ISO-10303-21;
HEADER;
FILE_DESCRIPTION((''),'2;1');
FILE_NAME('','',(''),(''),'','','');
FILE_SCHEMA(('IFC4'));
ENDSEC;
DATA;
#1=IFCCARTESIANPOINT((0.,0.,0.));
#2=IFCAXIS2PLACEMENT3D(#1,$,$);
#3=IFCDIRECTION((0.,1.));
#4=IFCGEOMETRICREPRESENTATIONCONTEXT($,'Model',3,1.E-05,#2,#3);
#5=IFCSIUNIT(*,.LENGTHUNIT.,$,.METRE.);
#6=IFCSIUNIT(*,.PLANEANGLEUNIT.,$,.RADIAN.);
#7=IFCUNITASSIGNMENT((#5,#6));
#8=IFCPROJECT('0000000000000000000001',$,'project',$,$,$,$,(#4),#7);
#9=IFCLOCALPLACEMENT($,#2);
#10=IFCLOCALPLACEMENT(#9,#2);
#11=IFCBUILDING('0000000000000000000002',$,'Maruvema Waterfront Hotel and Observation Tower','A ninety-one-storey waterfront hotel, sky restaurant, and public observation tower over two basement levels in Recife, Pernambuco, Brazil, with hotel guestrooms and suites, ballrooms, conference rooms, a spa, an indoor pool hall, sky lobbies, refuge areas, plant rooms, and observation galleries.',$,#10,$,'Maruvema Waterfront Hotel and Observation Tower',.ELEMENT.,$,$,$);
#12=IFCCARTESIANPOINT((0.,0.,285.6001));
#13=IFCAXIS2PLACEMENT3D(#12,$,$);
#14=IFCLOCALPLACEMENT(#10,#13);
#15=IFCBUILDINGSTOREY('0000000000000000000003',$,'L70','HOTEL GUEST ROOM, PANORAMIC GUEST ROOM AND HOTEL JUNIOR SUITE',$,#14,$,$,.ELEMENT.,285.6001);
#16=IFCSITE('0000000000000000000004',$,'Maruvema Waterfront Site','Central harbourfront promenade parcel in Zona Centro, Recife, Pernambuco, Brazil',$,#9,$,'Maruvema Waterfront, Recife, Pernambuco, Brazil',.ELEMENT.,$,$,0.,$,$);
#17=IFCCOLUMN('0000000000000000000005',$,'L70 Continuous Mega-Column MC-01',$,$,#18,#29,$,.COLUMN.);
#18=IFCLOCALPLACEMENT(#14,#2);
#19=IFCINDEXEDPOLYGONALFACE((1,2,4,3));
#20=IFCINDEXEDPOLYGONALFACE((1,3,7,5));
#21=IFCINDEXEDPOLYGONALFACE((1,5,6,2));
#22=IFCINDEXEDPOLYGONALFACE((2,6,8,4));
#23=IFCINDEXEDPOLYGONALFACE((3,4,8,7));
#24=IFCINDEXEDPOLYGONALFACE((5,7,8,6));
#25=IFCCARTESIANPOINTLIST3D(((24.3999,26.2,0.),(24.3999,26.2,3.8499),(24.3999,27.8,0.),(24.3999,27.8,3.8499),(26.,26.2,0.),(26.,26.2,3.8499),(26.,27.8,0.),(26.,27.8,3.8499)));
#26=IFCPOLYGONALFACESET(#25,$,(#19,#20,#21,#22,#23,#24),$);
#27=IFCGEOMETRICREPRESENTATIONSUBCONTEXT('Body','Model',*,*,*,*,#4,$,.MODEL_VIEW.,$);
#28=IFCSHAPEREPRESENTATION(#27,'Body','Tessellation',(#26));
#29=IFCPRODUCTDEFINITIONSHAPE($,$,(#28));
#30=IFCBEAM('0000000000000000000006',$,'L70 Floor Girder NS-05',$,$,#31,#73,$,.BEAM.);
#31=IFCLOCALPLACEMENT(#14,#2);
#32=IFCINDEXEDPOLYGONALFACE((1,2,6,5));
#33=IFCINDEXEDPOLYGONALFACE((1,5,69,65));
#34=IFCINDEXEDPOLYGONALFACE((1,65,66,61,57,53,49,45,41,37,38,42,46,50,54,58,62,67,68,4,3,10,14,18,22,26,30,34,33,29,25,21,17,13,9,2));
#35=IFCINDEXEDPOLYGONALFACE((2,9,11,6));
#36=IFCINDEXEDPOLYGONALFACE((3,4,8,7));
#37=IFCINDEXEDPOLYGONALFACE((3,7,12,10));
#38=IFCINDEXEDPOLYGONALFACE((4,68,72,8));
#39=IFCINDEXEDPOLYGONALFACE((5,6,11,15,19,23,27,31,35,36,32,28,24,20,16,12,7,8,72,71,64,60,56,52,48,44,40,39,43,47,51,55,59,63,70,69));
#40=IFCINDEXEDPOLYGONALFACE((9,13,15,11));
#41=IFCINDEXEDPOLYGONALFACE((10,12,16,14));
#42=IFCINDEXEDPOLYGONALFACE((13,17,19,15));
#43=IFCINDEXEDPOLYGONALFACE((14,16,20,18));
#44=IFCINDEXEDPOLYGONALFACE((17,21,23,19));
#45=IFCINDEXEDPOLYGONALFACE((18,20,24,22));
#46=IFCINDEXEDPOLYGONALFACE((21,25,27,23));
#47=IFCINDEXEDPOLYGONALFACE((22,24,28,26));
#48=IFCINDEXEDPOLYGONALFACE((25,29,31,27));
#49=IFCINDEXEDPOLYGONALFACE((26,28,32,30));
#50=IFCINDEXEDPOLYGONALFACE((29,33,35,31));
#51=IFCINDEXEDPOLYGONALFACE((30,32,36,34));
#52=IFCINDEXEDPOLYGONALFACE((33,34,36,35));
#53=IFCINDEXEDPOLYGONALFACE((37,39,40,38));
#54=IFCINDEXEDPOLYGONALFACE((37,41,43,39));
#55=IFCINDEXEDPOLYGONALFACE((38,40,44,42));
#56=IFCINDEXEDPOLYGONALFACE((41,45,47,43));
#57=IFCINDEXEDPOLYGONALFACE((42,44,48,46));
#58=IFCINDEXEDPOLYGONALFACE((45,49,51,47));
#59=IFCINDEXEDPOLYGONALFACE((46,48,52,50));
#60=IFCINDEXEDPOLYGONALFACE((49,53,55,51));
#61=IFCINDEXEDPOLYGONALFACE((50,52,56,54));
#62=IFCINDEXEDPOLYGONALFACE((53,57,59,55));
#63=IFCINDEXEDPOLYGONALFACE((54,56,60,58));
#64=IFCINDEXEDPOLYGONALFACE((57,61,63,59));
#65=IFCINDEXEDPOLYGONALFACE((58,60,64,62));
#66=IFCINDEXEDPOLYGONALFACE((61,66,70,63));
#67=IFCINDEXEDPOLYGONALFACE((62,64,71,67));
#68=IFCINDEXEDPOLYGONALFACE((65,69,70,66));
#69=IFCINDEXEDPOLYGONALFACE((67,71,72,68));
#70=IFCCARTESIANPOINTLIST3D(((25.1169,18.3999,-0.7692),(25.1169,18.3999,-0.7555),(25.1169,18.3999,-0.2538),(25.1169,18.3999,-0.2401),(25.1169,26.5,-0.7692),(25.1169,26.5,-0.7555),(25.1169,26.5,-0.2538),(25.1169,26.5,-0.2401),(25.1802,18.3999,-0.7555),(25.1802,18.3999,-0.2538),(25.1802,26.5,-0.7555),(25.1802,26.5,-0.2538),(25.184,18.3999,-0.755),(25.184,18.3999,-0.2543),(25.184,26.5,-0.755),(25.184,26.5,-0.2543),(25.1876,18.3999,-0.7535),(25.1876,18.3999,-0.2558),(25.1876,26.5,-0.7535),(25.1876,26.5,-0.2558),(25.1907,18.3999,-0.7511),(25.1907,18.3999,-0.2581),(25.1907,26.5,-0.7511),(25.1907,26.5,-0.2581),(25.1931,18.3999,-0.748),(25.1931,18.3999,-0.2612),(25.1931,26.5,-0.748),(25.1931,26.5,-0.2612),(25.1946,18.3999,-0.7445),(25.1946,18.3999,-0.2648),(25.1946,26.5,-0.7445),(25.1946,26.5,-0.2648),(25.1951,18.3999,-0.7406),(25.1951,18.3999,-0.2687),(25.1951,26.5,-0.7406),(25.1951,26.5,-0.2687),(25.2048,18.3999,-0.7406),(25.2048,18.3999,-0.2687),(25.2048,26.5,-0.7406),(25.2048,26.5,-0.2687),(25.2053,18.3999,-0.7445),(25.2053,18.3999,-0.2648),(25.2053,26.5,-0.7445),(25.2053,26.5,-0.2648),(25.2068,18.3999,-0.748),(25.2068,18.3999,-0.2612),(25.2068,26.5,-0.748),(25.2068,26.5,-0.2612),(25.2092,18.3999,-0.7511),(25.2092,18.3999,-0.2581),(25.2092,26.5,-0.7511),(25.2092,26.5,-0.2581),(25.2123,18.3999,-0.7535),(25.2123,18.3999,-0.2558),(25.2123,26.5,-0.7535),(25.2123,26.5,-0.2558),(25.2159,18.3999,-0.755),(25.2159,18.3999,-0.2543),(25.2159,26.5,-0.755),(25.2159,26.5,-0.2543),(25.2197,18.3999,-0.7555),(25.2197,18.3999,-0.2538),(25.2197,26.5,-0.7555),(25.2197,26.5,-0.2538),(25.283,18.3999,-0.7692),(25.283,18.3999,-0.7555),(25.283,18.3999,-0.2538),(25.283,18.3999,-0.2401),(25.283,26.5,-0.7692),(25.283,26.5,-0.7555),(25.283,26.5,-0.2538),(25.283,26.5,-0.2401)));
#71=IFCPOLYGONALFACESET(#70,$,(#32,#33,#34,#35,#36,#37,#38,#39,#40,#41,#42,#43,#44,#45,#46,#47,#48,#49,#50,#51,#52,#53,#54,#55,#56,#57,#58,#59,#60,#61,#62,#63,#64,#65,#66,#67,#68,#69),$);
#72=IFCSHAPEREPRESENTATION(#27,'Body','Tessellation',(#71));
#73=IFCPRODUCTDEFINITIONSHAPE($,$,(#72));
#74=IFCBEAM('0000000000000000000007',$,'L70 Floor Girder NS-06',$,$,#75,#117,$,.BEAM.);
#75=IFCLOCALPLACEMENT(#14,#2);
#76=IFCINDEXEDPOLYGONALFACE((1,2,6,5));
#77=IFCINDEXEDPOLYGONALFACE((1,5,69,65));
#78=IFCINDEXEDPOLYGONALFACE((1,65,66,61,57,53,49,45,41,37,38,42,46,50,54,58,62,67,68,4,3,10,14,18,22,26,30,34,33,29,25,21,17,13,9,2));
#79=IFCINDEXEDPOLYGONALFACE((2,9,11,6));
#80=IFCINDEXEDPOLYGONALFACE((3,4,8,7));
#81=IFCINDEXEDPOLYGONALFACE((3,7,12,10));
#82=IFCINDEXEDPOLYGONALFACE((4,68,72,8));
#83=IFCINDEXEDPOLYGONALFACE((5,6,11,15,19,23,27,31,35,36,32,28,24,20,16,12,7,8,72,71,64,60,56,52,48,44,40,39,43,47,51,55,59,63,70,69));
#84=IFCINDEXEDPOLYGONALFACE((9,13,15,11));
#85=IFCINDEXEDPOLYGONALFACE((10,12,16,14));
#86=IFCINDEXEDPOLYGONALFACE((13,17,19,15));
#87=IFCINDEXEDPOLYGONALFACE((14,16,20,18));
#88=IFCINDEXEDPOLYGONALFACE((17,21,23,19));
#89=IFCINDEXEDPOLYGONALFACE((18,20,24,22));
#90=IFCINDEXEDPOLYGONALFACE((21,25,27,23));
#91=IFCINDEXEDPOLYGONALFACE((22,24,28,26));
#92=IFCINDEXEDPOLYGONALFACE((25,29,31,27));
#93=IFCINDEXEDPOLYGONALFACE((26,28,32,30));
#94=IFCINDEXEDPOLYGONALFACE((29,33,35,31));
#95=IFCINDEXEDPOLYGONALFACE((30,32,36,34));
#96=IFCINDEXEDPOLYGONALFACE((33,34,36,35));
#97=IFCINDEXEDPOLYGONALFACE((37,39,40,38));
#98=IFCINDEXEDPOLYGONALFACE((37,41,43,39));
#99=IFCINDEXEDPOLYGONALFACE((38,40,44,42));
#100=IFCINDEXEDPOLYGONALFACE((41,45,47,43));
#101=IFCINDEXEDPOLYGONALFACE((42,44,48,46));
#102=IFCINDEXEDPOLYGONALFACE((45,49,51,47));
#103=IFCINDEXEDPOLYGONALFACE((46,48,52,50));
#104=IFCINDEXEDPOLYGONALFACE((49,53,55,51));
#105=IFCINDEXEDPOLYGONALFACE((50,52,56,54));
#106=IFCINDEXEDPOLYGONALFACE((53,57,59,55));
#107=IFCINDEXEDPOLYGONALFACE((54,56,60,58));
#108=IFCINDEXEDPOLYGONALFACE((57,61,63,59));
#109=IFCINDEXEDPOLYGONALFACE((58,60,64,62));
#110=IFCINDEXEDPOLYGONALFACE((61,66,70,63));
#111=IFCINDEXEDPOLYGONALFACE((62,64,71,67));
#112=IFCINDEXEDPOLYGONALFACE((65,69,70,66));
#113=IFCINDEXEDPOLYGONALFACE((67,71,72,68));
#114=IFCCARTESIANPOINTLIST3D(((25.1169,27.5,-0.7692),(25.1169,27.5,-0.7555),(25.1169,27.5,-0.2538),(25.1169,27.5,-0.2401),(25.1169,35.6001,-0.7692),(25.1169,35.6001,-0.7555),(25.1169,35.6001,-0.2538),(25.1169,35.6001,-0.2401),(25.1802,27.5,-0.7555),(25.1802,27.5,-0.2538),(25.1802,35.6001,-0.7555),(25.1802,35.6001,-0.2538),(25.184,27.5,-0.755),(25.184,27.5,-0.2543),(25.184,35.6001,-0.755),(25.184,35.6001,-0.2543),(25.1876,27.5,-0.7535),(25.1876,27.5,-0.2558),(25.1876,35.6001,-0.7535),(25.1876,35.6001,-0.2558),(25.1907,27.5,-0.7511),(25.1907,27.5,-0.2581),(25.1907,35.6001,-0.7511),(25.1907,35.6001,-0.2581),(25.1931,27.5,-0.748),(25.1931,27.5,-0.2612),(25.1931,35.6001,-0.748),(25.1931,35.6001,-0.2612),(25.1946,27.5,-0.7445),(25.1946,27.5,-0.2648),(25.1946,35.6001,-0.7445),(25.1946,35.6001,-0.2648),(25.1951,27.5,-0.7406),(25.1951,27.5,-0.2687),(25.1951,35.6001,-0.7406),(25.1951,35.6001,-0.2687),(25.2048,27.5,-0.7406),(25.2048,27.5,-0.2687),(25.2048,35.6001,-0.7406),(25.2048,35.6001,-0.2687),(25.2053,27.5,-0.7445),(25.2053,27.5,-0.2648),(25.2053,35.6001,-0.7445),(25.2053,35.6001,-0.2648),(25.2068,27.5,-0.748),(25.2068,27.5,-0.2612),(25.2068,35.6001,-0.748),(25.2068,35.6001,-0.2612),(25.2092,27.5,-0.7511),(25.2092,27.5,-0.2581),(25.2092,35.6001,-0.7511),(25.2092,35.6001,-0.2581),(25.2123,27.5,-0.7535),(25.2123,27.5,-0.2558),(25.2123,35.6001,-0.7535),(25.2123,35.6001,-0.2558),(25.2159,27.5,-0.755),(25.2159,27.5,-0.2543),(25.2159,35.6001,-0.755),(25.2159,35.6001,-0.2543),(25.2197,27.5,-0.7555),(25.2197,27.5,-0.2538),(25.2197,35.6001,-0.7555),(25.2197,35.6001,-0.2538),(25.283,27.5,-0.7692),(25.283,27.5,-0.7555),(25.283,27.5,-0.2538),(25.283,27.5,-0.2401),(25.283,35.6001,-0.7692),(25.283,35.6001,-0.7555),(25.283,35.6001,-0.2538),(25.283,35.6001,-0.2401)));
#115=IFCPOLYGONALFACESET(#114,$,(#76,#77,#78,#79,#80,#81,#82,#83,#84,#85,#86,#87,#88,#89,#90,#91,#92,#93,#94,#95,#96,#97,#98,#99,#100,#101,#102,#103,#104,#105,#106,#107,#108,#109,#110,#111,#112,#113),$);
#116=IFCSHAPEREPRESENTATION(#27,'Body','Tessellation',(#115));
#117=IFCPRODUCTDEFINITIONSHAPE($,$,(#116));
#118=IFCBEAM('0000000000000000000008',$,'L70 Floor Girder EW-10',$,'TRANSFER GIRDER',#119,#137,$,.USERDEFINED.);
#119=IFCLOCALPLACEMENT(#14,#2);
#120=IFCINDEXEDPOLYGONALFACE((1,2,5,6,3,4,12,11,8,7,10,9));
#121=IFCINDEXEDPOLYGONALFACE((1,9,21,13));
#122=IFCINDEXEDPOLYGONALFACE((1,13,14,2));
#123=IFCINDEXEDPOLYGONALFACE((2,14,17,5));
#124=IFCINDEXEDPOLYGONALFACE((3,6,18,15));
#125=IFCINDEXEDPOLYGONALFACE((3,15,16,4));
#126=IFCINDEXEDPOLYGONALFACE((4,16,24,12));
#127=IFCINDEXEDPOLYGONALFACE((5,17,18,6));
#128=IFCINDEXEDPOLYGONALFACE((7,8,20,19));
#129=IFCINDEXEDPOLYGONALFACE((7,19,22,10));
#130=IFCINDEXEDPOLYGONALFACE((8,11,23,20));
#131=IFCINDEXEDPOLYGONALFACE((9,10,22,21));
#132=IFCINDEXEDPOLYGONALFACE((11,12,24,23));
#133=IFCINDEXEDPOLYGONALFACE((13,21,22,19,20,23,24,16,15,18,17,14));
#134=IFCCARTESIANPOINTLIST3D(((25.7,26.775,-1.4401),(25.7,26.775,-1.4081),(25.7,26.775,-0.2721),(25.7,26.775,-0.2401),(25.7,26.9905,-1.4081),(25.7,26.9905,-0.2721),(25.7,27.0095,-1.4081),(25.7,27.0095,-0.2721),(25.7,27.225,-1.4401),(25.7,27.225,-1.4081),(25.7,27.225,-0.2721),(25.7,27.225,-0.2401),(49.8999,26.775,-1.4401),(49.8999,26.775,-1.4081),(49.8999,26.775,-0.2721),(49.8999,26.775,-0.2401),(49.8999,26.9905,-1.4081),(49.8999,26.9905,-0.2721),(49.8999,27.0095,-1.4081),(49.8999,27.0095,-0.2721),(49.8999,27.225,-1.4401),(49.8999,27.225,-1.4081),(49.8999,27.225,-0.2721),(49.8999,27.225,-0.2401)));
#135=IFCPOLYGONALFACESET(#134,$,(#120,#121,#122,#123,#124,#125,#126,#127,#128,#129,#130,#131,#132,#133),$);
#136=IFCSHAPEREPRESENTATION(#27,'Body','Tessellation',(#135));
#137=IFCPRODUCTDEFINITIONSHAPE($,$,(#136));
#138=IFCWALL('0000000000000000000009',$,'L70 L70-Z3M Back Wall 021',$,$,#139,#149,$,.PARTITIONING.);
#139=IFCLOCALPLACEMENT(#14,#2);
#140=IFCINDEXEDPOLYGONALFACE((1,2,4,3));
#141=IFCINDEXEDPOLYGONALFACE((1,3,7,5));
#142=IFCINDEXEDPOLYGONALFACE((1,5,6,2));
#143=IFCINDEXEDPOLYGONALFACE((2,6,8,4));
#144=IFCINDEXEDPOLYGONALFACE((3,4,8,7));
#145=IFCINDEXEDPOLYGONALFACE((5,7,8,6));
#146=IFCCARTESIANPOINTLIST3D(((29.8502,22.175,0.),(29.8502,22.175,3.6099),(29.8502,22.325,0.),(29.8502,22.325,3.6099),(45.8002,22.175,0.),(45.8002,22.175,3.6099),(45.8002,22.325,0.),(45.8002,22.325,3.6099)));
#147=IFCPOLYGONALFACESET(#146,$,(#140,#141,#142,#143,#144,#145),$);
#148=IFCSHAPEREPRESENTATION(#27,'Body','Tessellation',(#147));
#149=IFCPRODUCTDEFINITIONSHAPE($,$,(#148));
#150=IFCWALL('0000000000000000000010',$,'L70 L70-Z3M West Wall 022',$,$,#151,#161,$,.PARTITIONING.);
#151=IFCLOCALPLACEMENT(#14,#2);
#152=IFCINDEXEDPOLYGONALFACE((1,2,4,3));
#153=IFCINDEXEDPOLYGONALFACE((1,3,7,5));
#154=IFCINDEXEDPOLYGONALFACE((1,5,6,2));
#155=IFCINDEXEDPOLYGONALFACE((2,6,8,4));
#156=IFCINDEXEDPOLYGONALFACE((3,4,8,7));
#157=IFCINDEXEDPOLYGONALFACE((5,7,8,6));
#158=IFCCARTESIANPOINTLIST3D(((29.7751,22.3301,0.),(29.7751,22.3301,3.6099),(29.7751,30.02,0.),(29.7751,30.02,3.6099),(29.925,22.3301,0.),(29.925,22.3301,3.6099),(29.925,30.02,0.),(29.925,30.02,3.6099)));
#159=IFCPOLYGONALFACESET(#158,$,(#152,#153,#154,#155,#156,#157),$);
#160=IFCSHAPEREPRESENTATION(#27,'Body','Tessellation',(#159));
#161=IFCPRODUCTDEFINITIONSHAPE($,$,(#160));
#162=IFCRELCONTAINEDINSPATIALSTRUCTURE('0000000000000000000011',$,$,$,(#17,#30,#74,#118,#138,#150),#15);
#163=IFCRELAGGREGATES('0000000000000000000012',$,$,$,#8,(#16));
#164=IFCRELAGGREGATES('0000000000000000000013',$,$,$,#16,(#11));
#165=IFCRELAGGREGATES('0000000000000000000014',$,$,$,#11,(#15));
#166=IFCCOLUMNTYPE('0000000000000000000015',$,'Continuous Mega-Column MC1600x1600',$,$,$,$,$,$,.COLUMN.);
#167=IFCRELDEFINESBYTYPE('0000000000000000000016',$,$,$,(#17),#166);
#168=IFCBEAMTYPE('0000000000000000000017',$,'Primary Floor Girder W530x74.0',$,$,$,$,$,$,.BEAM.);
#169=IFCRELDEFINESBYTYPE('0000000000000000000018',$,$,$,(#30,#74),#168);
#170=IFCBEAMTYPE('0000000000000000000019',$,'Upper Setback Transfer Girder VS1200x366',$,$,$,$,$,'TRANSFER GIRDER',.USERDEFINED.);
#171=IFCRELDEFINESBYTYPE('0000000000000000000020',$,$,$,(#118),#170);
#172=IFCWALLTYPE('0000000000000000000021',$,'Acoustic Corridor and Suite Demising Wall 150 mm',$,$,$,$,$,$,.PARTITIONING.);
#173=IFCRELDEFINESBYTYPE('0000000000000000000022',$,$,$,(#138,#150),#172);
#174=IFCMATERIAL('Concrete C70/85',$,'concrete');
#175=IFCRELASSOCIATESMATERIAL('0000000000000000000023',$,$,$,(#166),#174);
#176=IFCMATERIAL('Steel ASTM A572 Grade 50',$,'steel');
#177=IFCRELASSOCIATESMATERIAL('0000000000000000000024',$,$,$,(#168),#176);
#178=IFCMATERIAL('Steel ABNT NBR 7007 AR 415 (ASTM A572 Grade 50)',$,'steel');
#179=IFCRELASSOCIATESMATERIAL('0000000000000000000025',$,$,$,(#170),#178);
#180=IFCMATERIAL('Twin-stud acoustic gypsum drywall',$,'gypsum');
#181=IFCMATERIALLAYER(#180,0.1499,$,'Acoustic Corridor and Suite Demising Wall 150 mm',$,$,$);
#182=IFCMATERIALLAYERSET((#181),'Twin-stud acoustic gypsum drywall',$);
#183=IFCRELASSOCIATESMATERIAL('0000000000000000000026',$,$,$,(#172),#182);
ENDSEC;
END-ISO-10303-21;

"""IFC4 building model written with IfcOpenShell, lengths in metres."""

from ifc_helpers import new_model, si_unit, direction, frame, frame_2d, origin, origin_2d, place, context, subcontext, project, spatial, rectangle, i_section, extrude, material, layer, layer_set, material_profile, profile_set, type_object, element, save


model = new_model("IFC4")

# Units and contexts
model_context = context("Model", 3, precision=1e-05, world=origin(), true_north=direction((0.0, 1.0)))
body_context = subcontext(model_context, "Body", "Model", "MODEL_VIEW")
ifc_project = project(units=[si_unit("LENGTHUNIT", "METRE"), si_unit("PLANEANGLEUNIT", "RADIAN")], contexts=[model_context])

# Site, building, storey
site_placement = place(None, origin())
site = spatial("IfcSite", under=ifc_project, at=site_placement, Name="Maruvema Waterfront Site", Description="Central harbourfront promenade parcel in Zona Centro, Recife, Pernambuco, Brazil", LongName="Maruvema Waterfront, Recife, Pernambuco, Brazil", CompositionType="ELEMENT", RefElevation=0.0)
building_placement = place(site_placement, origin())
building = spatial("IfcBuilding", under=site, at=building_placement, Name="Maruvema Waterfront Hotel and Observation Tower", Description="A ninety-one-storey waterfront hotel, sky restaurant, and public observation tower over two basement levels in Recife, Pernambuco, Brazil, with hotel guestrooms and suites, ballrooms, conference rooms, a spa, an indoor pool hall, sky lobbies, refuge areas, plant rooms, and observation galleries.", LongName="Maruvema Waterfront Hotel and Observation Tower", CompositionType="ELEMENT")
storey_placement = place(building_placement, frame((0.0, 0.0, 285.6001)))
storey = spatial("IfcBuildingStorey", under=building, at=storey_placement, Name="L70", Description="HOTEL GUEST ROOM, PANORAMIC GUEST ROOM AND HOTEL JUNIOR SUITE", CompositionType="ELEMENT", Elevation=285.6001)

# Column
ifc_material_1 = material(Name="Concrete C70/85", Category="concrete")
ifc_material_profile_1 = material_profile(ifc_material_1, rectangle(XDim=1.6001, YDim=1.6001, at=origin_2d()), Name="MC1600x1600")
ifc_profile_set_1 = profile_set([ifc_material_profile_1], Name="Concrete C70/85")
column_type = type_object("IfcColumnType", Name="Continuous Mega-Column MC1600x1600", PredefinedType="COLUMN", material=ifc_profile_set_1)
column_placement = place(storey_placement, frame((25.2, 27.0, 0.0), z_axis=(0.0, 0.0, 1.0), x_axis=(1.0, 0.0, 0.0)))
element("IfcColumn", 1, at=column_placement, inside=storey, type_object=column_type, Name="L70 Continuous Mega-Column MC-01", PredefinedType="COLUMN", context=body_context, shape_type="SweptSolid", body=[
    extrude(rectangle(XDim=1.6001, YDim=1.6001, at=origin_2d()), origin(), (0.0, 0.0, 1.0), 3.8499),
])

# Beams
ifc_material_2 = material(Name="Steel ASTM A572 Grade 50", Category="steel")
ifc_material_profile_2 = material_profile(ifc_material_2, i_section(OverallWidth=0.166, OverallDepth=0.5291, WebThickness=0.0098, FlangeThickness=0.0137, FilletRadius=0.0149, at=origin_2d()), Name="W530x74.0")
ifc_profile_set_2 = profile_set([ifc_material_profile_2], Name="Steel ASTM A572 Grade 50")
beam_type_1 = type_object("IfcBeamType", Name="Primary Floor Girder W530x74.0", PredefinedType="BEAM", material=ifc_profile_set_2)
for number, where, z_axis, x_axis, name in (
    (2, (25.2, 18.3999, -0.5046), (0.0, 1.0, 0.0), (-1.0, 0.0, 0.0), "L70 Floor Girder NS-05"),
    (3, (25.2, 27.5, -0.5046), (0.0, 1.0, 0.0), (-1.0, 0.0, 0.0), "L70 Floor Girder NS-06"),
):
    element("IfcBeam", number, at=place(storey_placement, frame(where, z_axis=z_axis, x_axis=x_axis)), inside=storey, type_object=beam_type_1, Name=name, PredefinedType="BEAM", context=body_context, shape_type="SweptSolid", body=[
        extrude(i_section(OverallWidth=0.166, OverallDepth=0.5291, WebThickness=0.0098, FlangeThickness=0.0137, FilletRadius=0.0149, at=origin_2d()), origin(), (0.0, 0.0, 1.0), 8.1001),
    ])
ifc_material_3 = material(Name="Steel ABNT NBR 7007 AR 415 (ASTM A572 Grade 50)", Category="steel")
ifc_material_profile_3 = material_profile(ifc_material_3, i_section(OverallWidth=0.45, OverallDepth=1.2, WebThickness=0.019, FlangeThickness=0.032, at=origin_2d()), Name="VS1200x366")
ifc_profile_set_3 = profile_set([ifc_material_profile_3], Name="Steel ABNT NBR 7007 AR 415 (ASTM A572 Grade 50)")
beam_type_2 = type_object("IfcBeamType", Name="Upper Setback Transfer Girder VS1200x366", ElementType="TRANSFER GIRDER", PredefinedType="USERDEFINED", material=ifc_profile_set_3)
beam_placement = place(storey_placement, frame((25.7, 27.0, -0.8401), z_axis=(1.0, 0.0, 0.0), x_axis=(0.0, 1.0, 0.0)))
element("IfcBeam", 4, at=beam_placement, inside=storey, type_object=beam_type_2, Name="L70 Floor Girder EW-10", ObjectType="TRANSFER GIRDER", PredefinedType="USERDEFINED", context=body_context, shape_type="SweptSolid", body=[
    extrude(i_section(OverallWidth=0.45, OverallDepth=1.2, WebThickness=0.019, FlangeThickness=0.032, at=origin_2d()), origin(), (0.0, 0.0, 1.0), 24.2),
])

# Walls
ifc_material_4 = material(Name="Twin-stud acoustic gypsum drywall", Category="gypsum")
ifc_layer_1 = layer(ifc_material_4, 0.1499, Name="Acoustic Corridor and Suite Demising Wall 150 mm")
ifc_layer_set_1 = layer_set([ifc_layer_1], Name="Twin-stud acoustic gypsum drywall")
wall_type_1 = type_object("IfcWallType", Name="Acoustic Corridor and Suite Demising Wall 150 mm", PredefinedType="PARTITIONING", material=ifc_layer_set_1)
wall_1_placement = place(storey_placement, frame((29.8501, 22.25, 0.0), z_axis=(0.0, 0.0, 1.0), x_axis=(1.0, 0.0, 0.0)))
element("IfcWall", 5, at=wall_1_placement, inside=storey, type_object=wall_type_1, Name="L70 L70-Z3M Back Wall 021", PredefinedType="PARTITIONING", context=body_context, shape_type="SweptSolid", body=[
    extrude(rectangle(XDim=15.95, YDim=0.1499, at=frame_2d((7.9751, 0.0))), origin(), (0.0, 0.0, 1.0), 3.6099),
])
wall_2_placement = place(storey_placement, frame((29.8501, 22.3301, 0.0), z_axis=(0.0, 0.0, 1.0), x_axis=(0.0, 1.0, 0.0)))
element("IfcWall", 6, at=wall_2_placement, inside=storey, type_object=wall_type_1, Name="L70 L70-Z3M West Wall 022", PredefinedType="PARTITIONING", context=body_context, shape_type="SweptSolid", body=[
    extrude(rectangle(XDim=7.6899, YDim=0.1499, at=frame_2d((3.845, 0.0))), origin(), (0.0, 0.0, 1.0), 3.6099),
])

save(model, "model.ifc")
